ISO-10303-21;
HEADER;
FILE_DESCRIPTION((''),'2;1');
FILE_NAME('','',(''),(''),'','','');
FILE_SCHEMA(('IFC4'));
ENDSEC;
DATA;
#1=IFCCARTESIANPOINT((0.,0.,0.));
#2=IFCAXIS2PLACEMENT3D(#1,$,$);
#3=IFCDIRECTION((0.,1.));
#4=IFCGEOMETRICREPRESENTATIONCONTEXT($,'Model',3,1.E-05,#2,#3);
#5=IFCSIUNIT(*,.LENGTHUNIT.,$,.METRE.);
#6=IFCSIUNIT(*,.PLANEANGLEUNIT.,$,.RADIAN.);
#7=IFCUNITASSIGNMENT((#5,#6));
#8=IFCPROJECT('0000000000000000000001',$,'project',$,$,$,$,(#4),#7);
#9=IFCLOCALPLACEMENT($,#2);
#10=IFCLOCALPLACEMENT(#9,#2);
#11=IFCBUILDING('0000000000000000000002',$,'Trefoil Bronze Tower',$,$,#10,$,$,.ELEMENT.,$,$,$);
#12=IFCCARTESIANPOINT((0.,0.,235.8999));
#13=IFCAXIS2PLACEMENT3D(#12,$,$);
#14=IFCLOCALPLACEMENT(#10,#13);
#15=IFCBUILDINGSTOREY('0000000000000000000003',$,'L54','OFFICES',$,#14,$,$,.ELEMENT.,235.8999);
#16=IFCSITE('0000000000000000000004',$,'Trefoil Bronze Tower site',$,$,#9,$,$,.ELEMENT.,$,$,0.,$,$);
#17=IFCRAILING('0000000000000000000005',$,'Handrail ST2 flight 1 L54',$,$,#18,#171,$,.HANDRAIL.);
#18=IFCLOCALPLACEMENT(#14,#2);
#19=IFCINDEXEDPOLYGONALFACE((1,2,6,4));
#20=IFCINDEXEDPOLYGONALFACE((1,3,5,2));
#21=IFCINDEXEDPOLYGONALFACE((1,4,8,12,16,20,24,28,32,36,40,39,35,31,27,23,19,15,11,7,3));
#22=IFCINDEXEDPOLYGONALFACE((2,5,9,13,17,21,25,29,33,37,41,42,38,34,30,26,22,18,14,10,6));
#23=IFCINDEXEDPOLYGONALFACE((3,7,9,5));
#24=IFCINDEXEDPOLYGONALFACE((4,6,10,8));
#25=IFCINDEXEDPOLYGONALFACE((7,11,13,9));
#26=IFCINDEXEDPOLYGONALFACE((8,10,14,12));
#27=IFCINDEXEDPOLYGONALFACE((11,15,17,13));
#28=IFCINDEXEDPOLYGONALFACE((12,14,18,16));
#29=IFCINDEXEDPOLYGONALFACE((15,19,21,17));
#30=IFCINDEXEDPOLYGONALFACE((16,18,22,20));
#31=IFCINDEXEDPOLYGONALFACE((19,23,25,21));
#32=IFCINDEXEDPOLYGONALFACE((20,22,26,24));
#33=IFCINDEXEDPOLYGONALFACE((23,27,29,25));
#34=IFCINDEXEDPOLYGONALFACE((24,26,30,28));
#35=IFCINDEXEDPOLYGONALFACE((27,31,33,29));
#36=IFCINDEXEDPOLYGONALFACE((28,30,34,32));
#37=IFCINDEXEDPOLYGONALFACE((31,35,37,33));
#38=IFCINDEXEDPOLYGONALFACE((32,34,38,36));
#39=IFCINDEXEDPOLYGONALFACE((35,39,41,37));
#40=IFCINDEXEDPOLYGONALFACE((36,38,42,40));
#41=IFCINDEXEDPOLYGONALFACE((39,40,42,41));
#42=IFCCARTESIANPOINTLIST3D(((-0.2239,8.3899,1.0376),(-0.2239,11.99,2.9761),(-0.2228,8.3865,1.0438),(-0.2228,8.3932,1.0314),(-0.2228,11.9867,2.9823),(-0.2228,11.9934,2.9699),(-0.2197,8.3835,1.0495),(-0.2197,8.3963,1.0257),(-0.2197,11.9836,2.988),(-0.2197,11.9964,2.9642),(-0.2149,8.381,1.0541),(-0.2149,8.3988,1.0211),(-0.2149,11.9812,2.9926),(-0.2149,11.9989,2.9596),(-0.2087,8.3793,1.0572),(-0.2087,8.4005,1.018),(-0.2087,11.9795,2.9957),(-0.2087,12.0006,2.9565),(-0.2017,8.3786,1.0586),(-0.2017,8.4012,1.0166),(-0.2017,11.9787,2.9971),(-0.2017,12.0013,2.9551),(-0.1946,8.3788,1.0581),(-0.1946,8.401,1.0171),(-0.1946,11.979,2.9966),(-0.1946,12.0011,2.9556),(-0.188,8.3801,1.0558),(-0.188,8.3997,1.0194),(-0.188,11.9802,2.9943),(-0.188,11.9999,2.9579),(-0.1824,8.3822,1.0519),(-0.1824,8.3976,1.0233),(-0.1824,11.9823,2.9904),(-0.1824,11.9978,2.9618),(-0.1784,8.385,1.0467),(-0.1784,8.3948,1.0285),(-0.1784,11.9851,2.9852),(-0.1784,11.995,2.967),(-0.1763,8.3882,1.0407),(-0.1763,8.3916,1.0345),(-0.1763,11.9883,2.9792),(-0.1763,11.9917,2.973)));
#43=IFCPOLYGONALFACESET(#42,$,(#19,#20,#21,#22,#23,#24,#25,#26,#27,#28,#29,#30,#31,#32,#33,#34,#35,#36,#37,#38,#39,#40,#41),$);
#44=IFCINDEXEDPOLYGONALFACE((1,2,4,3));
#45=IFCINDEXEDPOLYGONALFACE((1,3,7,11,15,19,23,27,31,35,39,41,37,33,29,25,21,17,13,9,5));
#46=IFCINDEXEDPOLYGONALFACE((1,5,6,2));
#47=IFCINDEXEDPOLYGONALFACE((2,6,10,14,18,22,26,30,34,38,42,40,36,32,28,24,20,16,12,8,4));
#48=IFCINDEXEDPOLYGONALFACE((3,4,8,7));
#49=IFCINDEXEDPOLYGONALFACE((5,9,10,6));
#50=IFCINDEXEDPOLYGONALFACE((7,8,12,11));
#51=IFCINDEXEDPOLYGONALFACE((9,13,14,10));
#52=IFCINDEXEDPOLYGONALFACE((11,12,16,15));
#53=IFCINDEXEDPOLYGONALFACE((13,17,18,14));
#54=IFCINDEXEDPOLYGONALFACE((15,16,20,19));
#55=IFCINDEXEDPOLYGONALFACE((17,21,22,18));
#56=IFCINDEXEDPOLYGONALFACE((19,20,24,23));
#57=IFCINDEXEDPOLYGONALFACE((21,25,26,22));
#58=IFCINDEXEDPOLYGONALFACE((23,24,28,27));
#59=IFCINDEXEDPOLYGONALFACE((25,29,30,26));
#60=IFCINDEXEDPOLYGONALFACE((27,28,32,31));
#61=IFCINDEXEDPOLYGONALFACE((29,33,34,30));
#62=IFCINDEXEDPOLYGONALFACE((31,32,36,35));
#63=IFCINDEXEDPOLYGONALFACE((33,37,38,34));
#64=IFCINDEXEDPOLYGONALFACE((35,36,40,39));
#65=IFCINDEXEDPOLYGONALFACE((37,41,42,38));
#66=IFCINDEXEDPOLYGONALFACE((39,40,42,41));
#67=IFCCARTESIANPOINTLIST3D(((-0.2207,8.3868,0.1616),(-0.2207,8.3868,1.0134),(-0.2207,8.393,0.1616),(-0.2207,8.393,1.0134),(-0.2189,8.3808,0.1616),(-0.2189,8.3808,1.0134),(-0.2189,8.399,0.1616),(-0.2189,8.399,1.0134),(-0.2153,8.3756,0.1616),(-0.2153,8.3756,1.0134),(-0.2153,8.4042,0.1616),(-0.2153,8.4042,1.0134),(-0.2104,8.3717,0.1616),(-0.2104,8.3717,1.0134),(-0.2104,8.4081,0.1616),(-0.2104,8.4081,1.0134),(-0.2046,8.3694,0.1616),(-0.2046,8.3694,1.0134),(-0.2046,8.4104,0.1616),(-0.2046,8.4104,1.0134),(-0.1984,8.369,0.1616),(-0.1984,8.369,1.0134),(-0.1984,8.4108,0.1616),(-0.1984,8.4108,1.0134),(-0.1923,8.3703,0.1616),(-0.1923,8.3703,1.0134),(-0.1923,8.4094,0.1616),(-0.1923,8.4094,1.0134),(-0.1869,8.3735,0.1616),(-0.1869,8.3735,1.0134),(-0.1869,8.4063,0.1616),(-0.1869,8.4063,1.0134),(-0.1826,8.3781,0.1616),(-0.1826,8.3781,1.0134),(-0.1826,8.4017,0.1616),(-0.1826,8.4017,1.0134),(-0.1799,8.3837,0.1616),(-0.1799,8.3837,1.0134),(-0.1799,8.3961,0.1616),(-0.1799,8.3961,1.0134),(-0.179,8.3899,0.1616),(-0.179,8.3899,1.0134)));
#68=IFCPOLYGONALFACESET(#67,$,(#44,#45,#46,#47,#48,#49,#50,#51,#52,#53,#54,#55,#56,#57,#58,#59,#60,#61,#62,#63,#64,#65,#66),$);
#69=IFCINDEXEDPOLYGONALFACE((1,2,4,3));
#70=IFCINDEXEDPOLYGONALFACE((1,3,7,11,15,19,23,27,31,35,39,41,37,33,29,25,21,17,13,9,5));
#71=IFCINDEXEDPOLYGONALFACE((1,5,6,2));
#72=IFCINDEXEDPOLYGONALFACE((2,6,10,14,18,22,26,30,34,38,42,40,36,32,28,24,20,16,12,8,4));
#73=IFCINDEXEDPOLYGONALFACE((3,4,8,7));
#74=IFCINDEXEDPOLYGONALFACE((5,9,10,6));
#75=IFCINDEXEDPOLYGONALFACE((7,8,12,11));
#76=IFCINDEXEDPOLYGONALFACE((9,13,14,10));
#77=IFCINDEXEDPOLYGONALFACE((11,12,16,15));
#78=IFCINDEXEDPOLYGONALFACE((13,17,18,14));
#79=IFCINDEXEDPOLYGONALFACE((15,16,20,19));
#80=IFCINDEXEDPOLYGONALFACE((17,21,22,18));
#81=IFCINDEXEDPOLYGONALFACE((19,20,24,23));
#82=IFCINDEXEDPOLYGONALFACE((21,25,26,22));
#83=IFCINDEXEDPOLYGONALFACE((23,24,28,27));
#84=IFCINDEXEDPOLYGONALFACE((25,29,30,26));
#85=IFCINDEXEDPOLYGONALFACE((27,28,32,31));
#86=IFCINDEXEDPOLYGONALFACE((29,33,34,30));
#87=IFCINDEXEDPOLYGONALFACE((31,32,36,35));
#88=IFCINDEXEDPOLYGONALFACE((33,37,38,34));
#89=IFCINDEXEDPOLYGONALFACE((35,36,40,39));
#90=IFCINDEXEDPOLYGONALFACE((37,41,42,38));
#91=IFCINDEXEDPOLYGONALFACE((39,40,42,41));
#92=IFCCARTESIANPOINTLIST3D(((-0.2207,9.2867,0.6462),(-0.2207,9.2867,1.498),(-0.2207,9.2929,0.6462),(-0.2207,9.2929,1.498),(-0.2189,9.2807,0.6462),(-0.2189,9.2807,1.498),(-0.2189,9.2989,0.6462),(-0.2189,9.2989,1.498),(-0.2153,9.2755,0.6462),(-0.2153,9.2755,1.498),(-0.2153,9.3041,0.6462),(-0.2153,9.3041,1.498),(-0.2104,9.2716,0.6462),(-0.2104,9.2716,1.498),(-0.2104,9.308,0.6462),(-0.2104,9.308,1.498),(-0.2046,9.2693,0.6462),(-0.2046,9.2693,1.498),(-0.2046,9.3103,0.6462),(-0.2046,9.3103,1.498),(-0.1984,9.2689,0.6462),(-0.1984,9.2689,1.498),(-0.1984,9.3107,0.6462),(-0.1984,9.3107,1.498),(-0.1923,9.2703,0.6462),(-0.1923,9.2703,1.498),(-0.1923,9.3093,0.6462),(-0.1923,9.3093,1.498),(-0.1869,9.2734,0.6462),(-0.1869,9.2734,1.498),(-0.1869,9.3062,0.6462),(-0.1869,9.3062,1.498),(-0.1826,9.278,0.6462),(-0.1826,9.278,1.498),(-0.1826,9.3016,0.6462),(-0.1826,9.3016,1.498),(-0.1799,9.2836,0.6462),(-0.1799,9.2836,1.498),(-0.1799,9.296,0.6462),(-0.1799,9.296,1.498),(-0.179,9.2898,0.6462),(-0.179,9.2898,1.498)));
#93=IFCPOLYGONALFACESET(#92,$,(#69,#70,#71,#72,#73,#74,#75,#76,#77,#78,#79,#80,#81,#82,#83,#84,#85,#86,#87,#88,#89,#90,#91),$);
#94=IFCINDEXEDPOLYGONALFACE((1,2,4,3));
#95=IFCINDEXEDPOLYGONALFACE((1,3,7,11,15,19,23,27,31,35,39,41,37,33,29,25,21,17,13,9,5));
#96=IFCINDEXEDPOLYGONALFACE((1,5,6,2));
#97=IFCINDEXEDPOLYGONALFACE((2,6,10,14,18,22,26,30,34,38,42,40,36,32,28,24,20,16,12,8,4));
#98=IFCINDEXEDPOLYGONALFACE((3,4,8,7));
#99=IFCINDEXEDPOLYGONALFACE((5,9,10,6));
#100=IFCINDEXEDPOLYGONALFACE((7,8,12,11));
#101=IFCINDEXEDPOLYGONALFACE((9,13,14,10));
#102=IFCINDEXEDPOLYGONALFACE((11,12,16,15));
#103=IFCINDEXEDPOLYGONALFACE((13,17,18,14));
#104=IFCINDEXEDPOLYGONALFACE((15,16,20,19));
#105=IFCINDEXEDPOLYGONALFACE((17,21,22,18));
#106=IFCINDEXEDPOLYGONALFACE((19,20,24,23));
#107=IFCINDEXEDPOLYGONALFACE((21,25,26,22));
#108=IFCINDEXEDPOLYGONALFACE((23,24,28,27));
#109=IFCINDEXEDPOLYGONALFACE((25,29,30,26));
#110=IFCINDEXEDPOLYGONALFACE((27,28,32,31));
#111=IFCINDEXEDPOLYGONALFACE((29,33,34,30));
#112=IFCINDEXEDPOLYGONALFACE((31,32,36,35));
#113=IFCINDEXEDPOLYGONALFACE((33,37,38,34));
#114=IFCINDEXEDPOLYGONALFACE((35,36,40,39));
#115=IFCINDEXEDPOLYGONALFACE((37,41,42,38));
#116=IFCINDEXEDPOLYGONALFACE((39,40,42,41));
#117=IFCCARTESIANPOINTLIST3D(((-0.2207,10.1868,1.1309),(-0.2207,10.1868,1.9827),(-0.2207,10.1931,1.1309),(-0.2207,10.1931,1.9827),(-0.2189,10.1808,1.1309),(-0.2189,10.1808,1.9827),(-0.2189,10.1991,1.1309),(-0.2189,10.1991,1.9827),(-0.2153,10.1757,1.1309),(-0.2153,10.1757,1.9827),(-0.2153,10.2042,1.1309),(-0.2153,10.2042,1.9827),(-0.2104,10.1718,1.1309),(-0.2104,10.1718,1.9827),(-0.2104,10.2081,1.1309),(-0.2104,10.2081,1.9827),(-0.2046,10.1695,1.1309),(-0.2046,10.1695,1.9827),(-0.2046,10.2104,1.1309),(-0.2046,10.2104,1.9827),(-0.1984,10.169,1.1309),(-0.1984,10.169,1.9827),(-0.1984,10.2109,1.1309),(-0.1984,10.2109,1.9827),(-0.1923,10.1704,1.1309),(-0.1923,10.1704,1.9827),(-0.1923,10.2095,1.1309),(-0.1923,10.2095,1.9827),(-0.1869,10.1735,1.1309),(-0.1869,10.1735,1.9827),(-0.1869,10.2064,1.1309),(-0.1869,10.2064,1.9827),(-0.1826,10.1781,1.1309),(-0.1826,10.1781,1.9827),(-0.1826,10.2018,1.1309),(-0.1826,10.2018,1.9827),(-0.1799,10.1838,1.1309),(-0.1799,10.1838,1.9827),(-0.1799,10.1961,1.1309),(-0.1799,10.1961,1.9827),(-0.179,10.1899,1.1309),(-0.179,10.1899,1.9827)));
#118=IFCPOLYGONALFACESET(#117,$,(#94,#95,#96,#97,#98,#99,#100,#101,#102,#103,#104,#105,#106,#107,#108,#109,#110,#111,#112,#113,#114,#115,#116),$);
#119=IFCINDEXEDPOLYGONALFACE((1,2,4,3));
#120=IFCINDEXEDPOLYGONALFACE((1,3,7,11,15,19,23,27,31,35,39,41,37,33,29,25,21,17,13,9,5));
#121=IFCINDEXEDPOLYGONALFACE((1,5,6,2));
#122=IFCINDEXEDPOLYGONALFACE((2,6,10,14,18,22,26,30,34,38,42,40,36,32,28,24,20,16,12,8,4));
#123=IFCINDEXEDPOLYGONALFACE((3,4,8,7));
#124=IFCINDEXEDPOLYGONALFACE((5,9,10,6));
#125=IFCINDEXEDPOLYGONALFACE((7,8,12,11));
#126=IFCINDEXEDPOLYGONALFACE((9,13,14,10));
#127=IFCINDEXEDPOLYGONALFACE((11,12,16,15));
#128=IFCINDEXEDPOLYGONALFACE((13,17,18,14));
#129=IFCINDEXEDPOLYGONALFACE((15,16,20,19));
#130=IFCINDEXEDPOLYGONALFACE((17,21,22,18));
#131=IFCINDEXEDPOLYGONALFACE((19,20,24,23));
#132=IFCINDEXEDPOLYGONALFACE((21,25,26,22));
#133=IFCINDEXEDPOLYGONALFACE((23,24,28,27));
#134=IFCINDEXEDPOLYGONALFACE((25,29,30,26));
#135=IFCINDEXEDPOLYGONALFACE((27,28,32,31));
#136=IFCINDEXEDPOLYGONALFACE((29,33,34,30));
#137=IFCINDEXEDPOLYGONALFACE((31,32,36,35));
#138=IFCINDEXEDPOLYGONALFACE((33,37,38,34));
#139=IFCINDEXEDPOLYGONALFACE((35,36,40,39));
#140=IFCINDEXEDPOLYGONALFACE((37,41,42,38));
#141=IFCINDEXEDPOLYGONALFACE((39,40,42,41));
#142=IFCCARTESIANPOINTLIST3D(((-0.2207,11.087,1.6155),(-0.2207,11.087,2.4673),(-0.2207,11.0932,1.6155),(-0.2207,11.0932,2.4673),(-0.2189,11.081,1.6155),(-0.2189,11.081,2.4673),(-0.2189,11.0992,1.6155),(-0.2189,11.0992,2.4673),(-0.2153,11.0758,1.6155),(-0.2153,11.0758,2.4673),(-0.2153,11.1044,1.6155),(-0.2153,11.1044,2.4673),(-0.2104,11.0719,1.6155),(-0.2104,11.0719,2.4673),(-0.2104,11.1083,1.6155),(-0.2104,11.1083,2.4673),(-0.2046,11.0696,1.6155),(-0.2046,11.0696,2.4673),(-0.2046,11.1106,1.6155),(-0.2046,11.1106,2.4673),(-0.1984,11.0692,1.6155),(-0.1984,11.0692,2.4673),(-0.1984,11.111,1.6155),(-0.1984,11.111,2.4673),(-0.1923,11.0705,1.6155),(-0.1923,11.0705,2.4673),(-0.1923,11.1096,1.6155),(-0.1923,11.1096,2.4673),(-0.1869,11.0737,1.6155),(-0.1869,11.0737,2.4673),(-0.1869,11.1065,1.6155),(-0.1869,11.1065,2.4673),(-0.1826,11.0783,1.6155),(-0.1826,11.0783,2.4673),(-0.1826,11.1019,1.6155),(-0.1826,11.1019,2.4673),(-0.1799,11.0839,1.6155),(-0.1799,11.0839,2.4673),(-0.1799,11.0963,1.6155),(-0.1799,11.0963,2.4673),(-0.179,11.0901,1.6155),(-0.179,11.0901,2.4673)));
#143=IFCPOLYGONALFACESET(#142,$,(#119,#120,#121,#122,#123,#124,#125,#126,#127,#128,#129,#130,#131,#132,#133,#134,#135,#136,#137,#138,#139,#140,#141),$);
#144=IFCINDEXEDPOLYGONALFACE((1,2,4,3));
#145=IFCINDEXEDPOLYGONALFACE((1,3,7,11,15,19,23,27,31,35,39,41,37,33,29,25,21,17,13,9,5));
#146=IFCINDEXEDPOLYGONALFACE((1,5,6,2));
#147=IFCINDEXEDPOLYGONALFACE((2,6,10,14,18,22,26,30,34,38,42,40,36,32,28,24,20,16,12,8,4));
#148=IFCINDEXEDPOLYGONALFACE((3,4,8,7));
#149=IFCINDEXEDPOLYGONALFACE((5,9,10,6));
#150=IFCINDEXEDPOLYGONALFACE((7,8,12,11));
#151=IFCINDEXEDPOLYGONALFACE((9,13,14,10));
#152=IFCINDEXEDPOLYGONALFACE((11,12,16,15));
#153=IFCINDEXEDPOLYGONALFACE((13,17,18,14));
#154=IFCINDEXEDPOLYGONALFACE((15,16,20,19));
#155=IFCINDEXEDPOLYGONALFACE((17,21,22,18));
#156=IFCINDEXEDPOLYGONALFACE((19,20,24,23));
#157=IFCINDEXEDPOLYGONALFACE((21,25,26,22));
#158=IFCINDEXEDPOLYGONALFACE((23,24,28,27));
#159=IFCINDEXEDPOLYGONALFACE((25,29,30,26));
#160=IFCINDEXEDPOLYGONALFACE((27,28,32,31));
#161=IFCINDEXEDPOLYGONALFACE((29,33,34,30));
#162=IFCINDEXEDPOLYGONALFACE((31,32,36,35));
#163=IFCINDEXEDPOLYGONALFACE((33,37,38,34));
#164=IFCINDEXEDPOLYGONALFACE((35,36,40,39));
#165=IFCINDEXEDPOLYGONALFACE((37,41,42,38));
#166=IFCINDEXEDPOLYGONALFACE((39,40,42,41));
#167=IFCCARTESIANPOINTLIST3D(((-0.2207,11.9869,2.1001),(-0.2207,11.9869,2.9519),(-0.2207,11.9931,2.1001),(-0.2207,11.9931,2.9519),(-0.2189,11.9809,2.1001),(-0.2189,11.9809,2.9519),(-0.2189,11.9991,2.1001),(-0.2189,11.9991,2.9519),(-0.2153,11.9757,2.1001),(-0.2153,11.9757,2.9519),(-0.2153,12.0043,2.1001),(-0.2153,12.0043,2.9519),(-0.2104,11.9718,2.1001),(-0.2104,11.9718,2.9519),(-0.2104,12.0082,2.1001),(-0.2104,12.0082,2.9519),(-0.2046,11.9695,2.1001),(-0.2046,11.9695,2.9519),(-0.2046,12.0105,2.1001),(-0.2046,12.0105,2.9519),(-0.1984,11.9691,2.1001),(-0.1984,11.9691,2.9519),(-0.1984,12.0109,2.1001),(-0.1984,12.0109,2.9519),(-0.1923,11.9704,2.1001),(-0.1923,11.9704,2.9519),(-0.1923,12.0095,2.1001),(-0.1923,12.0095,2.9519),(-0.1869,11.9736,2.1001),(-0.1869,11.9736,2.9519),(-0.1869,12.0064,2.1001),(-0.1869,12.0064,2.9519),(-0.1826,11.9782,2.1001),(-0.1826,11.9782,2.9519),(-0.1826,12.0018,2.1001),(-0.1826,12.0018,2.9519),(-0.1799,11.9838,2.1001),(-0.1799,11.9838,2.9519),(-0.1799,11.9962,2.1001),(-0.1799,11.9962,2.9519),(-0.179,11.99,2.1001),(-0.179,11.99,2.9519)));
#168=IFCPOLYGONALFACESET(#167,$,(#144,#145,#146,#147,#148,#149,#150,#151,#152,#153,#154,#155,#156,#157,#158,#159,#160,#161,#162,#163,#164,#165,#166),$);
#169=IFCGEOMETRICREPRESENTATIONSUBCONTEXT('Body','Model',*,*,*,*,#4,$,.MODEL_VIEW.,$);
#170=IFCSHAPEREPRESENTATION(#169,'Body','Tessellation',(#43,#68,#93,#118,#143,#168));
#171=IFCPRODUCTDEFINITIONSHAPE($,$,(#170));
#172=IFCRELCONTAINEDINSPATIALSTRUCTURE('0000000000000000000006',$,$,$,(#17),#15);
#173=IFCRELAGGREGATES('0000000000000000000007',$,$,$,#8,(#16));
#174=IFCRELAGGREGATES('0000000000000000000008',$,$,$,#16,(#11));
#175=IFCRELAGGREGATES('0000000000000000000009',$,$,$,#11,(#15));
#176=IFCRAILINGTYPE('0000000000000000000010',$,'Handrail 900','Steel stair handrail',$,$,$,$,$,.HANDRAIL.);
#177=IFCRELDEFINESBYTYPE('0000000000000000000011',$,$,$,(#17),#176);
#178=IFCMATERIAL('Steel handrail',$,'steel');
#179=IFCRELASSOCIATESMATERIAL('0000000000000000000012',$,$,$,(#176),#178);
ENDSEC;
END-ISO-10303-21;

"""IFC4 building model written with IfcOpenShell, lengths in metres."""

from ifc_helpers import new_model, si_unit, direction, frame, origin, origin_2d, place, context, subcontext, project, spatial, circle, extrude, material, type_object, element, save


model = new_model("IFC4")

# Units and contexts
model_context = context("Model", 3, precision=1e-05, world=origin(), true_north=direction((0.0, 1.0)))
body_context = subcontext(model_context, "Body", "Model", "MODEL_VIEW")
ifc_project = project(units=[si_unit("LENGTHUNIT", "METRE"), si_unit("PLANEANGLEUNIT", "RADIAN")], contexts=[model_context])

# Site, building, storey
site_placement = place(None, origin())
site = spatial("IfcSite", under=ifc_project, at=site_placement, Name="Trefoil Bronze Tower site", CompositionType="ELEMENT", RefElevation=0.0)
building_placement = place(site_placement, origin())
building = spatial("IfcBuilding", under=site, at=building_placement, Name="Trefoil Bronze Tower", CompositionType="ELEMENT")
storey_placement = place(building_placement, frame((0.0, 0.0, 235.8999)))
storey = spatial("IfcBuildingStorey", under=building, at=storey_placement, Name="L54", Description="OFFICES", CompositionType="ELEMENT", Elevation=235.8999)

# Railing
ifc_material_1 = material(Name="Steel handrail", Category="steel")
railing_type = type_object("IfcRailingType", Name="Handrail 900", Description="Steel stair handrail", PredefinedType="HANDRAIL", material=ifc_material_1)
railing_placement = place(storey_placement, frame((-0.2, 8.3899, 0.1616)))
element("IfcRailing", 1, at=railing_placement, inside=storey, type_object=railing_type, Name="Handrail ST2 flight 1 L54", PredefinedType="HANDRAIL", context=body_context, shape_type="SweptSolid", body=[
    extrude(circle(Radius=0.0239, at=origin_2d()), frame((0.0, 0.0, 0.876), z_axis=(0.0, 0.880475, 0.474093), x_axis=(-1.0, 0.0, 0.0)), (0.0, 0.0, 1.0), 4.0889),
    extrude(circle(Radius=0.021, at=origin_2d()), origin(), (0.0, 0.0, 1.0), 0.8518),
    extrude(circle(Radius=0.021, at=origin_2d()), frame((0.0, 0.8999, 0.4846)), (0.0, 0.0, 1.0), 0.8518),
    extrude(circle(Radius=0.021, at=origin_2d()), frame((0.0, 1.8, 0.9692)), (0.0, 0.0, 1.0), 0.8518),
    extrude(circle(Radius=0.021, at=origin_2d()), frame((0.0, 2.7002, 1.4539)), (0.0, 0.0, 1.0), 0.8518),
    extrude(circle(Radius=0.021, at=origin_2d()), frame((0.0, 3.6001, 1.9385)), (0.0, 0.0, 1.0), 0.8518),
])

save(model, "model.ifc")
